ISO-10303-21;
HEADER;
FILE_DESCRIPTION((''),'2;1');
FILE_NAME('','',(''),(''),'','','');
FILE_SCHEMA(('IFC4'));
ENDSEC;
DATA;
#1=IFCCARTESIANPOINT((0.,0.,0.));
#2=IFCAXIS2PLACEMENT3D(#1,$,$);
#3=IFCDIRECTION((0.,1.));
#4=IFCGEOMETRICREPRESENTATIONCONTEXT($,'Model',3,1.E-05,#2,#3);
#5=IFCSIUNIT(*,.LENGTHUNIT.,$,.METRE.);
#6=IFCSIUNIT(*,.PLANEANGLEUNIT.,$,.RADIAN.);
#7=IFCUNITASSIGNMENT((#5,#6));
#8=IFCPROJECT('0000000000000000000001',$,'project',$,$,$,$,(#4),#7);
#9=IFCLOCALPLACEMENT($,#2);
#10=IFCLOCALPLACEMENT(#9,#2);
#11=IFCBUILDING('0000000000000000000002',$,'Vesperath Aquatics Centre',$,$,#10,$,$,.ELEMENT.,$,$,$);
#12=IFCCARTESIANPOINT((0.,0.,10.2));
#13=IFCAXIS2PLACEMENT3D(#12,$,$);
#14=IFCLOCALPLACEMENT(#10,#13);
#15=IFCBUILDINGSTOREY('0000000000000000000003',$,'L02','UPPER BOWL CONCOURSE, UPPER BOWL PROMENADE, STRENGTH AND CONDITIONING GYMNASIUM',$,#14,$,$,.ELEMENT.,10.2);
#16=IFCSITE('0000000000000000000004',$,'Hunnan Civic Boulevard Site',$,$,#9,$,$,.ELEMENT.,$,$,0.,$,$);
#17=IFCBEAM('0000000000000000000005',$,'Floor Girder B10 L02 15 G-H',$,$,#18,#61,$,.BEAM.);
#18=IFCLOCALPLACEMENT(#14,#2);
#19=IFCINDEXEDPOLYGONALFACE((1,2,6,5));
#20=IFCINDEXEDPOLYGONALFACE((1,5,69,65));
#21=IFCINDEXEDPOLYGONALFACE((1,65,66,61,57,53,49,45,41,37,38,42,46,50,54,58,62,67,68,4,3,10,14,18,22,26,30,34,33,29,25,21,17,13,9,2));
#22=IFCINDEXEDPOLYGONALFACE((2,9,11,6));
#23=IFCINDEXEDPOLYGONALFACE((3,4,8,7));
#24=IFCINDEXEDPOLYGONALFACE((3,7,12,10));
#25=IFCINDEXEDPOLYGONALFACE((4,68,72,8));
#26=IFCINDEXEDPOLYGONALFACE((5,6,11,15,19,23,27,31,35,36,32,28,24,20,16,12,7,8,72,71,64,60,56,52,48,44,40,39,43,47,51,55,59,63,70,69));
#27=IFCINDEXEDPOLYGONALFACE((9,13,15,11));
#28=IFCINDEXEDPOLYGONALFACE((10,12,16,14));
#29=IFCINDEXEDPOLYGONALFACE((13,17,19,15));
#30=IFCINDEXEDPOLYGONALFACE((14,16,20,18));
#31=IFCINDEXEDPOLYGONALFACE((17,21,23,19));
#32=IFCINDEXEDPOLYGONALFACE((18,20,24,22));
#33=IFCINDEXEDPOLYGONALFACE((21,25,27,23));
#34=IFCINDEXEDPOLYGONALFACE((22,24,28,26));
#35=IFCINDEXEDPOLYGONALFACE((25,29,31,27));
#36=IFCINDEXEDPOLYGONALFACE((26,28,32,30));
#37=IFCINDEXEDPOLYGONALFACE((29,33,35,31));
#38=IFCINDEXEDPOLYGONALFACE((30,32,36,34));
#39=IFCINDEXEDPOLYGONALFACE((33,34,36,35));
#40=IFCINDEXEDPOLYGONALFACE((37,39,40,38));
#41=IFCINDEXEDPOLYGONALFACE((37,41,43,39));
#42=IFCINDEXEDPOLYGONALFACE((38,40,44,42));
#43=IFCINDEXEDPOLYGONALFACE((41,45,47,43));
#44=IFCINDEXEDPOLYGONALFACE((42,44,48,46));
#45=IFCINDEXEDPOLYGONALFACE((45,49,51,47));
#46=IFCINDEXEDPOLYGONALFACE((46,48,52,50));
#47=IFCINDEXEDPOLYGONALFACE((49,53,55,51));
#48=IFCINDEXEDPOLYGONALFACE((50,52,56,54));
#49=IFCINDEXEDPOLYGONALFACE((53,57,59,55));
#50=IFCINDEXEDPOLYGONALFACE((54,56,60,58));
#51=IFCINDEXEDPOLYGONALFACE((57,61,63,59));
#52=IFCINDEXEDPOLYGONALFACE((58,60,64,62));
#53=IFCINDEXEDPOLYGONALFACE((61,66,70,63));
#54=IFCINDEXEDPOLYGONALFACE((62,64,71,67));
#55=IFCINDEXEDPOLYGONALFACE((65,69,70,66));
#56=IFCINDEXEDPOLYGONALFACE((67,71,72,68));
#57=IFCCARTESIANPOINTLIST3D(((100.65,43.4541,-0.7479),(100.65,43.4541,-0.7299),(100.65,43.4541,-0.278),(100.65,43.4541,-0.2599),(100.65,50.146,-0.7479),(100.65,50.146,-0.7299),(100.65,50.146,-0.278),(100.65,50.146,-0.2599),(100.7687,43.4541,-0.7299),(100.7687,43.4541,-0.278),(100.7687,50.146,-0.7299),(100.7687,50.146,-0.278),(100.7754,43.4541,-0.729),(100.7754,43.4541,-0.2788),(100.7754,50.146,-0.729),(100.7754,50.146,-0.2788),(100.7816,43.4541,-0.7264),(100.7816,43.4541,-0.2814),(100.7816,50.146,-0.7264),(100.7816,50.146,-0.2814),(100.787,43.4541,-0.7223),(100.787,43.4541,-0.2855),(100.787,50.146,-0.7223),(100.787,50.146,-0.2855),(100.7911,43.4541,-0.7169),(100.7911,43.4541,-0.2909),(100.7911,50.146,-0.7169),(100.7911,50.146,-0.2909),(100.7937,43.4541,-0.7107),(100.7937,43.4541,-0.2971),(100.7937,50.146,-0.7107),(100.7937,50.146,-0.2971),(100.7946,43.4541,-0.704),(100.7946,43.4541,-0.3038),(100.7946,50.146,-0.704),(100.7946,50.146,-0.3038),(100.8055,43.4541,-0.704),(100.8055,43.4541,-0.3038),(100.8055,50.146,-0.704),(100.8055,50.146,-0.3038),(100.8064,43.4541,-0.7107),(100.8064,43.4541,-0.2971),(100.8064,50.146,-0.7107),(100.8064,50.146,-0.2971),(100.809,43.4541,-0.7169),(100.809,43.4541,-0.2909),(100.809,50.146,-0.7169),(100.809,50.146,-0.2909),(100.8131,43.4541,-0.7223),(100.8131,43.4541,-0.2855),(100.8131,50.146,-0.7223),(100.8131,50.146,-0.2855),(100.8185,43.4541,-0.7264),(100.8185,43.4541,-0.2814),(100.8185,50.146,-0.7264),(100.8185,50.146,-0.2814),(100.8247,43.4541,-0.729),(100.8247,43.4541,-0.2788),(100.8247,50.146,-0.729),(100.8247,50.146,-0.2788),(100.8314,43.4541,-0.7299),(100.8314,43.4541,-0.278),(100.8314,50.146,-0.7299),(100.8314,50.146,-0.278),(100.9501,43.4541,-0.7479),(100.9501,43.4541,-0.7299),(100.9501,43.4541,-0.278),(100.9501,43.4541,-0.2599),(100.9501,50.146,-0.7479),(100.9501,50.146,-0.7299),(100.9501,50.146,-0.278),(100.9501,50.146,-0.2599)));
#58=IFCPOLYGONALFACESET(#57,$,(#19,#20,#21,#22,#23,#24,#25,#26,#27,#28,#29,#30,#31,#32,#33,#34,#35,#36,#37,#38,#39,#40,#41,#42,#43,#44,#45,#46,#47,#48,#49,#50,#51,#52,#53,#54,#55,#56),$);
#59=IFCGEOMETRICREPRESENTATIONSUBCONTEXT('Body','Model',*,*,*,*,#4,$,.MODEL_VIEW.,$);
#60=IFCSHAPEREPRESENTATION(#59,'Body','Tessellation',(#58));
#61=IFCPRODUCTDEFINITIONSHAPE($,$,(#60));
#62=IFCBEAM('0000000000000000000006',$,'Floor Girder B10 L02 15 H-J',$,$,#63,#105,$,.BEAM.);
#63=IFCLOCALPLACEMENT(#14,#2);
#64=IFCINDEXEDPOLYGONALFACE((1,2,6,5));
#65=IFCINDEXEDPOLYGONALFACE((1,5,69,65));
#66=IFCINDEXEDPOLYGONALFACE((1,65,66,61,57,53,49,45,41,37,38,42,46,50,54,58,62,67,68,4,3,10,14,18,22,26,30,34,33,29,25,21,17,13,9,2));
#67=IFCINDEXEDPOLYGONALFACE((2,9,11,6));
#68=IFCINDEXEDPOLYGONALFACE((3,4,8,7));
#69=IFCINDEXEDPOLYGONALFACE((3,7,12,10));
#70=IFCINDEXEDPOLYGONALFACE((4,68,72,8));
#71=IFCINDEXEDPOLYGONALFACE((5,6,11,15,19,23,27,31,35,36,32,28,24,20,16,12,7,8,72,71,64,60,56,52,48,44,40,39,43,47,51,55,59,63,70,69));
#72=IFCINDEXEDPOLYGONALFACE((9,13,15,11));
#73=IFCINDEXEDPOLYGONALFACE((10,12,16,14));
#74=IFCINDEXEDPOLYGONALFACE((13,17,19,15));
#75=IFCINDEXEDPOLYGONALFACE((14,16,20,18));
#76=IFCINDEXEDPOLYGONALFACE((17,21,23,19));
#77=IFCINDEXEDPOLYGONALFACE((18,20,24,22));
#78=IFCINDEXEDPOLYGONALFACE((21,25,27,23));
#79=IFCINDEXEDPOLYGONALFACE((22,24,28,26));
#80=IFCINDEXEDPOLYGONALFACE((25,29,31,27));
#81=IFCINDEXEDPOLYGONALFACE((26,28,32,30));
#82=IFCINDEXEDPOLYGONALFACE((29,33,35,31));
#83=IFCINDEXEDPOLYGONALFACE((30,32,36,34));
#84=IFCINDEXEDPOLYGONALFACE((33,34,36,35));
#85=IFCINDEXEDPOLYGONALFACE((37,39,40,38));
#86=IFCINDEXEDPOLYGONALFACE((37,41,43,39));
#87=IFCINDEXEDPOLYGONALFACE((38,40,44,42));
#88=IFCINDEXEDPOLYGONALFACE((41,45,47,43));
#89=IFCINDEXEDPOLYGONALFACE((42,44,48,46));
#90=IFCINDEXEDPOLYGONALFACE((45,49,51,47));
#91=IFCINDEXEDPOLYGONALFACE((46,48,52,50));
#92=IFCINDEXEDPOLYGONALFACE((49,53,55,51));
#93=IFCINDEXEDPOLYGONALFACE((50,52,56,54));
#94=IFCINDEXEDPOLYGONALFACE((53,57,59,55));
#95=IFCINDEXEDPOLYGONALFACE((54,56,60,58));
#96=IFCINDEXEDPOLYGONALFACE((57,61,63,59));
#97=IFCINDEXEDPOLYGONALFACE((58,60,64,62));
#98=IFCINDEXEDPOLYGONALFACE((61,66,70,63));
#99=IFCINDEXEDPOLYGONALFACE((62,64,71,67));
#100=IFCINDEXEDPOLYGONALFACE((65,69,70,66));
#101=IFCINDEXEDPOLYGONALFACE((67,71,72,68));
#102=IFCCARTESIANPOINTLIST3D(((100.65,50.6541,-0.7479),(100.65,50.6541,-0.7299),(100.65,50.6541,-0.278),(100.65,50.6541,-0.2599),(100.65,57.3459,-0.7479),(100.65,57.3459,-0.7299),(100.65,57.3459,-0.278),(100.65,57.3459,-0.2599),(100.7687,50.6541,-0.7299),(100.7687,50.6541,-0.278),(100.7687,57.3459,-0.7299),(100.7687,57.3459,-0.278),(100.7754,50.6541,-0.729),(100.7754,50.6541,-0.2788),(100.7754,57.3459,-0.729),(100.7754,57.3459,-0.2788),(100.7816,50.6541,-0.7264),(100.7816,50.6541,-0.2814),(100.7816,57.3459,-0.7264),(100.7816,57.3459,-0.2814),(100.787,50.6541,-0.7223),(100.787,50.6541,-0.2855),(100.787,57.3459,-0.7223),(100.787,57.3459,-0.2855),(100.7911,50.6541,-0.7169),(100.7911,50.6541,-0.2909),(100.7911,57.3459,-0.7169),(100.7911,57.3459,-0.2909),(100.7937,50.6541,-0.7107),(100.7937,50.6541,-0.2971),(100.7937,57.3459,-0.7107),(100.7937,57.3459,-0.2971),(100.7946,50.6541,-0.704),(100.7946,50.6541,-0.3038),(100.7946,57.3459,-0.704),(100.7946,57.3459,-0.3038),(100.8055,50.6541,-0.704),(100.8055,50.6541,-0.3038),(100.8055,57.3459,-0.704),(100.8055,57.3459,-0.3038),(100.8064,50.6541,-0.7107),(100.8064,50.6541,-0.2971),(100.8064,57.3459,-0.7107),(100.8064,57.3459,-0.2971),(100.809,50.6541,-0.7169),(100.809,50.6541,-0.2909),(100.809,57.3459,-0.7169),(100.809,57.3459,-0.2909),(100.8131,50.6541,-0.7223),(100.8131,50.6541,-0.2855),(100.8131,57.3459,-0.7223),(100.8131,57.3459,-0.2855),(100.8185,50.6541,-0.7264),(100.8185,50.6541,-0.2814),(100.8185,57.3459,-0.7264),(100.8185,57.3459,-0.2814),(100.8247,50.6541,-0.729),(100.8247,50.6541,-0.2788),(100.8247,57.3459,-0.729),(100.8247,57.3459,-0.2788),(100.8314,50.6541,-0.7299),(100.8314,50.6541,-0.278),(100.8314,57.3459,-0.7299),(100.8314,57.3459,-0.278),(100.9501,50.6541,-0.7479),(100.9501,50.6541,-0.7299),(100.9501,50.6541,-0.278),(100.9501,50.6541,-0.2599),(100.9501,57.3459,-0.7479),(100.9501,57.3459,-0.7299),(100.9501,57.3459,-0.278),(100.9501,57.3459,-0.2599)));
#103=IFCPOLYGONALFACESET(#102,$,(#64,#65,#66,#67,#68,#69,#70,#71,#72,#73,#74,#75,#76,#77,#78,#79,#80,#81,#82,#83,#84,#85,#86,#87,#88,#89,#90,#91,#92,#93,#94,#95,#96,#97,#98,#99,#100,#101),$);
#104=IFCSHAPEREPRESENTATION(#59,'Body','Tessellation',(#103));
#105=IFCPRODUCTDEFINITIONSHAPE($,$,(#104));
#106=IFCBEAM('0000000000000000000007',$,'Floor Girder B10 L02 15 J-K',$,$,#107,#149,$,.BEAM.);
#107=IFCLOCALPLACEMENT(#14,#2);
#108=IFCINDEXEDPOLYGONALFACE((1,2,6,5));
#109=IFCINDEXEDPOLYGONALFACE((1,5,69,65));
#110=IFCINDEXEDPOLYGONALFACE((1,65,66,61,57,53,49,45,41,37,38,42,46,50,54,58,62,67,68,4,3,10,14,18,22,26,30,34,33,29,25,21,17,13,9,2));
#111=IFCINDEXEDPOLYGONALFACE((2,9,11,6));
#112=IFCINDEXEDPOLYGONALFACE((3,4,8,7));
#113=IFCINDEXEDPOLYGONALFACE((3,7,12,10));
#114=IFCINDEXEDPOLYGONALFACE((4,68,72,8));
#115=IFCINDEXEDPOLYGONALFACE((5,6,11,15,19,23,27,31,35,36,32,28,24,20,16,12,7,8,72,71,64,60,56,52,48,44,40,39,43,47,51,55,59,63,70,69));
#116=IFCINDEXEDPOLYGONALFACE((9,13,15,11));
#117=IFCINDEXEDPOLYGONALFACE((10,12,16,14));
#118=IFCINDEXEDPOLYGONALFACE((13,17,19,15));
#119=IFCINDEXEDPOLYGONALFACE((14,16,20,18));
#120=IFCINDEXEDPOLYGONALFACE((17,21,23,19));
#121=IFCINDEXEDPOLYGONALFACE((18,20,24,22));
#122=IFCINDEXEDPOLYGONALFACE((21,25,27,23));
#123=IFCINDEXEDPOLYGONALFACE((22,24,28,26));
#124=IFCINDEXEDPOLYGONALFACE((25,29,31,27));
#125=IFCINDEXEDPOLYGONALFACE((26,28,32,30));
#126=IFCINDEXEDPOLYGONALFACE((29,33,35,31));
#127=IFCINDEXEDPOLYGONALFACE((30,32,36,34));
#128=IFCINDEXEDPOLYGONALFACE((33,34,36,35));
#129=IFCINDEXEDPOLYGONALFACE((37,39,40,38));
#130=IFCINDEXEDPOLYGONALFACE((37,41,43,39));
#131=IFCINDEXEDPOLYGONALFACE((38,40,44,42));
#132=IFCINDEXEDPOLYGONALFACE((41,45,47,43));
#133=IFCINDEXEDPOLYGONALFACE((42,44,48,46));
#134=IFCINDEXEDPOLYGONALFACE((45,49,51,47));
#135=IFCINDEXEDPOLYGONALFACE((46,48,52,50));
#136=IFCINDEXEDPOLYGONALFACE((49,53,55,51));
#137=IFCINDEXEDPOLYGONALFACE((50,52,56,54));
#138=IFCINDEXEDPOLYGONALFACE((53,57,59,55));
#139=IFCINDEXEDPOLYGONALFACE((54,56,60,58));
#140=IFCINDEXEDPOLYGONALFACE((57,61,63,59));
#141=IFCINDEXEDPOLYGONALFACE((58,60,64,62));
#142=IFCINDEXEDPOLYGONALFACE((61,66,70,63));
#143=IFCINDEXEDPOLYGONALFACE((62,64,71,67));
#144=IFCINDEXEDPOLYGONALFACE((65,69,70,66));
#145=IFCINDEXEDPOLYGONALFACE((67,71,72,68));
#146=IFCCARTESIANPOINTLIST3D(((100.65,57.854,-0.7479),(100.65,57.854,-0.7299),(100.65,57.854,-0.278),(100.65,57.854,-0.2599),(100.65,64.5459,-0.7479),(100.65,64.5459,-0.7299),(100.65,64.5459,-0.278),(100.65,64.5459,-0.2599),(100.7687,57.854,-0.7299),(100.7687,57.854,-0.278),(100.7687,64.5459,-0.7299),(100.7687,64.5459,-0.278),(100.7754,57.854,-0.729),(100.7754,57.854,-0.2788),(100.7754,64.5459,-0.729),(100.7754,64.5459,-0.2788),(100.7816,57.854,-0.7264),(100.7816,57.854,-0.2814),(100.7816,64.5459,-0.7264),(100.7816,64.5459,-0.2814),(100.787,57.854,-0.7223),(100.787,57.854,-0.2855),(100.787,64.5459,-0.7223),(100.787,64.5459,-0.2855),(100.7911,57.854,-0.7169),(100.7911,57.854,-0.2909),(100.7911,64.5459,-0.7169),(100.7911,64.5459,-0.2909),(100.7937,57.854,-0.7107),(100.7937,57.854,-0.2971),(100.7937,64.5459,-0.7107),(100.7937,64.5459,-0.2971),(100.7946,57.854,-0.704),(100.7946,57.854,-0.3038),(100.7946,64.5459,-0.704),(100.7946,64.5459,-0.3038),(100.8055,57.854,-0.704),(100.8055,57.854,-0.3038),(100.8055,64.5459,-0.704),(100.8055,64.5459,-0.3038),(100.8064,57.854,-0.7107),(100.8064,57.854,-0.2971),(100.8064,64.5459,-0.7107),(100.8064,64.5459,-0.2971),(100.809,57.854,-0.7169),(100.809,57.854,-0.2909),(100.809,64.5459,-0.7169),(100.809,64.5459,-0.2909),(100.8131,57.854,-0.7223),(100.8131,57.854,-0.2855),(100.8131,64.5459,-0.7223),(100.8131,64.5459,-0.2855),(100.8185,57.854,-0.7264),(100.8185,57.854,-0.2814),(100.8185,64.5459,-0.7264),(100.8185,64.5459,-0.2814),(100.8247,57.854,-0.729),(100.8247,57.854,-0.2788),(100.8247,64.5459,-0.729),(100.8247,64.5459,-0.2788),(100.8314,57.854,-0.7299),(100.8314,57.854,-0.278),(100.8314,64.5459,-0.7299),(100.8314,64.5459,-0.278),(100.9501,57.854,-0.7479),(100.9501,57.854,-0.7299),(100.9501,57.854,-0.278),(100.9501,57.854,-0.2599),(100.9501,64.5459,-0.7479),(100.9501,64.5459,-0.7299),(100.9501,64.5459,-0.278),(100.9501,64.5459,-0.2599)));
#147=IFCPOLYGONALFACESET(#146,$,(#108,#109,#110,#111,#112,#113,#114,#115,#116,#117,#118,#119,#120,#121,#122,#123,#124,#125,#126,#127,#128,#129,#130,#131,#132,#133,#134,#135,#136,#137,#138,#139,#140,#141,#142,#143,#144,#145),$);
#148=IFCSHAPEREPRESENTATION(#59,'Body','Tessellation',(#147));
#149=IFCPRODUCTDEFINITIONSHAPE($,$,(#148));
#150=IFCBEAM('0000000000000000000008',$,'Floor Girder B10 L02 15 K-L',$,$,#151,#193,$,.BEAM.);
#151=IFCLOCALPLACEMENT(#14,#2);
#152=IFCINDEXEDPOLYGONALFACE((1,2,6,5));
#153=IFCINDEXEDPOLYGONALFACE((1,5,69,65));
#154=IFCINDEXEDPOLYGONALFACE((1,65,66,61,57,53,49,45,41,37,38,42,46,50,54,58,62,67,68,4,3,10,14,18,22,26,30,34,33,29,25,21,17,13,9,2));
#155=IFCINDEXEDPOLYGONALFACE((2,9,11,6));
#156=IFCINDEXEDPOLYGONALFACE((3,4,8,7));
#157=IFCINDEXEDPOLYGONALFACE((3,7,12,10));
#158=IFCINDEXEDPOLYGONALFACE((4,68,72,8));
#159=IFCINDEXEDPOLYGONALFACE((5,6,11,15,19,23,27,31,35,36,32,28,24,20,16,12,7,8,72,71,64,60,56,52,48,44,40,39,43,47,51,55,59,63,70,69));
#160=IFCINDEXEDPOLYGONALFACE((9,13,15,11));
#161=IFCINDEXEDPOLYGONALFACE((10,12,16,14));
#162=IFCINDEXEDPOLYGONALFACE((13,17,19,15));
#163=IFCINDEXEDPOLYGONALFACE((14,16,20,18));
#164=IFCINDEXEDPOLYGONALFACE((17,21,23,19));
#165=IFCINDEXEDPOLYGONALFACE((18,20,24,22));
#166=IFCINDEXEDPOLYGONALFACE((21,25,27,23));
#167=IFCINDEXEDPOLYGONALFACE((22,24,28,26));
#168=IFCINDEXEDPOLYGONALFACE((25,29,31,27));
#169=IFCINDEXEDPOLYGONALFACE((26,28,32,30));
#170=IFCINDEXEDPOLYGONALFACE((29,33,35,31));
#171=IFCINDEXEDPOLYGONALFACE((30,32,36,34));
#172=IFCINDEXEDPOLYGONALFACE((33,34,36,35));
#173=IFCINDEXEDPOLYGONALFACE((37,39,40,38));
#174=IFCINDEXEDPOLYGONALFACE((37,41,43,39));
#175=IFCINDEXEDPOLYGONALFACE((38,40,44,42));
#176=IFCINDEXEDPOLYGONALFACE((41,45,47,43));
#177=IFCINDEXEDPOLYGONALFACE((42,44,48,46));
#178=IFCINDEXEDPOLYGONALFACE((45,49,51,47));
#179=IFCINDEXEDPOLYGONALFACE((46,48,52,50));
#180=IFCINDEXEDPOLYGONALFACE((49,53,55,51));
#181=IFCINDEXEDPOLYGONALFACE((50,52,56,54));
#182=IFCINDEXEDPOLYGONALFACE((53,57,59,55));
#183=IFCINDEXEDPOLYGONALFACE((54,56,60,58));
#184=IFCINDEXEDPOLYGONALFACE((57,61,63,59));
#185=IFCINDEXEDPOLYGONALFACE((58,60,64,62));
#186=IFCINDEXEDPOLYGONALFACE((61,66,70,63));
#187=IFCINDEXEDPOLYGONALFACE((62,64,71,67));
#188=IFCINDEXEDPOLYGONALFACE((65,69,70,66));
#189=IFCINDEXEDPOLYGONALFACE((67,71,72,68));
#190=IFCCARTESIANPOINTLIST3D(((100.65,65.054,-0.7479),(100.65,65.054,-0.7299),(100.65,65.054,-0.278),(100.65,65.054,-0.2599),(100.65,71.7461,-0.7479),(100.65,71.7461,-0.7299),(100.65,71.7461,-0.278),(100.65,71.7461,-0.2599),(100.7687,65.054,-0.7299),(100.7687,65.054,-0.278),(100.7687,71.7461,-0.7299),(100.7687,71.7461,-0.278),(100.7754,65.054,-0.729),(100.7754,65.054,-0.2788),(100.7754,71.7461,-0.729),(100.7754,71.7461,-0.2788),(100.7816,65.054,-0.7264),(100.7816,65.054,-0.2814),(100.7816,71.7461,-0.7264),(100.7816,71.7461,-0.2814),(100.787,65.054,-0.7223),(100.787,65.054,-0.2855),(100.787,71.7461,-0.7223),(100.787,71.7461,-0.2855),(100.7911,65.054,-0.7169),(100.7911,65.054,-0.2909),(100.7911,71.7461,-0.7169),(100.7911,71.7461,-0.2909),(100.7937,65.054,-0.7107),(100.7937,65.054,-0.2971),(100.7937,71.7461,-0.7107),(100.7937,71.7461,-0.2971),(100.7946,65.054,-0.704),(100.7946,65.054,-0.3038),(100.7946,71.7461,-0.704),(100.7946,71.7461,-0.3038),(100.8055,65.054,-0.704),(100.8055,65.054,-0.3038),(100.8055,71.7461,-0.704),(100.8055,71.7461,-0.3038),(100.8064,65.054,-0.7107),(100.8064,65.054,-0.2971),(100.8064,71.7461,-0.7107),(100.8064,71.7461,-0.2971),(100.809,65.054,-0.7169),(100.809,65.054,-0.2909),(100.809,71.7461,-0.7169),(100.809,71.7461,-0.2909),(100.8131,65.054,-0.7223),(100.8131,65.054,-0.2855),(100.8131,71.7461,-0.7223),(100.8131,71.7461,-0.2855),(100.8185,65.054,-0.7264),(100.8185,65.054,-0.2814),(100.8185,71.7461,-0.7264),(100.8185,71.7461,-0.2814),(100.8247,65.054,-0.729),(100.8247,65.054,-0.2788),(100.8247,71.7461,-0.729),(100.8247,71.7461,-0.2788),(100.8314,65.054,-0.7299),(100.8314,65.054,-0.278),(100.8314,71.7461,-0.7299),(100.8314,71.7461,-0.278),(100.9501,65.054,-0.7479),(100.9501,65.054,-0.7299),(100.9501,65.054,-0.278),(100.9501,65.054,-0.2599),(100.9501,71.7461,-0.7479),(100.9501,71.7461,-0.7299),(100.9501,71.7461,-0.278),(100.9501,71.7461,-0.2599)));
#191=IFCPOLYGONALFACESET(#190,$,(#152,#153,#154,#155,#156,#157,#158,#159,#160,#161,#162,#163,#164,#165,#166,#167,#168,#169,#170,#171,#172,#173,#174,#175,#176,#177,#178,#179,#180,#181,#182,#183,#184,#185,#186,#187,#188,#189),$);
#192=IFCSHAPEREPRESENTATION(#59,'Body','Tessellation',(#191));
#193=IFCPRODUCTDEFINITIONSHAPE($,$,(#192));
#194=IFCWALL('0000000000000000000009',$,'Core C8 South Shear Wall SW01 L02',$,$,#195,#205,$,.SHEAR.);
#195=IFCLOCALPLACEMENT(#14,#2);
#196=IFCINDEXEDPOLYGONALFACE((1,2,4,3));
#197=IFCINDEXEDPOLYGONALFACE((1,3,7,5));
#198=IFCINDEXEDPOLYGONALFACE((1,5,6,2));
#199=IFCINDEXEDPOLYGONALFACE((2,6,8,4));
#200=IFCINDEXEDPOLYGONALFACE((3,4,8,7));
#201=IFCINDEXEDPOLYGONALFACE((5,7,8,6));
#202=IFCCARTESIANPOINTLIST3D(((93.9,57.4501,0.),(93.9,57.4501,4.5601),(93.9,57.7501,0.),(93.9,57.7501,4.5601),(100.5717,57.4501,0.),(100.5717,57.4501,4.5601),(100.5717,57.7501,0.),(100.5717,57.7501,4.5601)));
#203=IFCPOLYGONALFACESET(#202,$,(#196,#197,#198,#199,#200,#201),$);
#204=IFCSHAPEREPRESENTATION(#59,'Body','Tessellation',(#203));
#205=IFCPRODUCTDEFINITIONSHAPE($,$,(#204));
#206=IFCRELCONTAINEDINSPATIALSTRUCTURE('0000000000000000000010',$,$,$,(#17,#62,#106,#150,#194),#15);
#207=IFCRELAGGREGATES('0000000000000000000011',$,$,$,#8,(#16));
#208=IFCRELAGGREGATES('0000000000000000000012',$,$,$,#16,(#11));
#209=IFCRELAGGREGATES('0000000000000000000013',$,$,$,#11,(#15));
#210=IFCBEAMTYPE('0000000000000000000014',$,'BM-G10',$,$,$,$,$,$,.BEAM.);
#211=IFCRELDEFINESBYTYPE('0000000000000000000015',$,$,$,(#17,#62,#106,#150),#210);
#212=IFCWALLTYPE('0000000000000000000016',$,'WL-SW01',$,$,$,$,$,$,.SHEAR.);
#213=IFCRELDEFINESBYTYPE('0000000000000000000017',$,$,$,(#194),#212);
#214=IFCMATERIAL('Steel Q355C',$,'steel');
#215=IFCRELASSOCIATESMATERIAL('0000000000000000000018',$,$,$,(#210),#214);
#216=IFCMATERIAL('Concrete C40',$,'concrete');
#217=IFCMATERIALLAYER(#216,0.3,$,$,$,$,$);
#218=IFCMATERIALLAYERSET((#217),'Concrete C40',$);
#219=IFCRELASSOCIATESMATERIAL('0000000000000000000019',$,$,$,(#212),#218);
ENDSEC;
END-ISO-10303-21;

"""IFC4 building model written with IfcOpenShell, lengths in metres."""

from ifc_helpers import new_model, si_unit, direction, frame, frame_2d, origin, origin_2d, place, context, subcontext, project, spatial, rectangle, i_section, extrude, material, layer, layer_set, material_profile, profile_set, type_object, element, save


model = new_model("IFC4")

# Units and contexts
model_context = context("Model", 3, precision=1e-05, world=origin(), true_north=direction((0.0, 1.0)))
body_context = subcontext(model_context, "Body", "Model", "MODEL_VIEW")
ifc_project = project(units=[si_unit("LENGTHUNIT", "METRE"), si_unit("PLANEANGLEUNIT", "RADIAN")], contexts=[model_context])

# Site, building, storey
site_placement = place(None, origin())
site = spatial("IfcSite", under=ifc_project, at=site_placement, Name="Hunnan Civic Boulevard Site", CompositionType="ELEMENT", RefElevation=0.0)
building_placement = place(site_placement, origin())
building = spatial("IfcBuilding", under=site, at=building_placement, Name="Vesperath Aquatics Centre", CompositionType="ELEMENT")
storey_placement = place(building_placement, frame((0.0, 0.0, 10.2)))
storey = spatial("IfcBuildingStorey", under=building, at=storey_placement, Name="L02", Description="UPPER BOWL CONCOURSE, UPPER BOWL PROMENADE, STRENGTH AND CONDITIONING GYMNASIUM", CompositionType="ELEMENT", Elevation=10.2)

# Shared definitions
ifc_material_1 = material(Name="Concrete C40", Category="concrete")

# Beams
ifc_material_2 = material(Name="Steel Q355C", Category="steel")
ifc_material_profile_1 = material_profile(ifc_material_2, i_section(OverallWidth=0.3, OverallDepth=0.488, WebThickness=0.011, FlangeThickness=0.0181, FilletRadius=0.0259, at=origin_2d()), Name="HM 488x300x11x18")
ifc_profile_set_1 = profile_set([ifc_material_profile_1], Name="Steel Q355C")
beam_type_1 = type_object("IfcBeamType", Name="BM-G10", PredefinedType="BEAM", material=ifc_profile_set_1)
for number, where, z_axis, x_axis, name in (
    (1, (100.8, 43.4541, -0.5039), (0.0, 1.0, 0.0), (-1.0, 0.0, 0.0), "Floor Girder B10 L02 15 G-H"),
    (2, (100.8, 50.6541, -0.5039), (0.0, 1.0, 0.0), (-1.0, 0.0, 0.0), "Floor Girder B10 L02 15 H-J"),
    (3, (100.8, 57.854, -0.5039), (0.0, 1.0, 0.0), (-1.0, 0.0, 0.0), "Floor Girder B10 L02 15 J-K"),
):
    element("IfcBeam", number, at=place(storey_placement, frame(where, z_axis=z_axis, x_axis=x_axis)), inside=storey, type_object=beam_type_1, Name=name, PredefinedType="BEAM", context=body_context, shape_type="SweptSolid", body=[
        extrude(i_section(OverallWidth=0.3, OverallDepth=0.488, WebThickness=0.011, FlangeThickness=0.0181, FilletRadius=0.0259, at=origin_2d()), origin(), (0.0, 0.0, 1.0), 6.6919),
    ])
beam_1_placement = place(storey_placement, frame((100.8, 65.054, -0.5039), z_axis=(0.0, 1.0, 0.0), x_axis=(-1.0, 0.0, 0.0)))
element("IfcBeam", 4, at=beam_1_placement, inside=storey, type_object=beam_type_1, Name="Floor Girder B10 L02 15 K-L", PredefinedType="BEAM", context=body_context, shape_type="SweptSolid", body=[
    extrude(i_section(OverallWidth=0.3, OverallDepth=0.488, WebThickness=0.011, FlangeThickness=0.0181, FilletRadius=0.0259, at=origin_2d()), origin(), (0.0, 0.0, 1.0), 6.6921),
])

# Wall
ifc_layer_1 = layer(ifc_material_1, 0.3)
ifc_layer_set_1 = layer_set([ifc_layer_1], Name="Concrete C40")
wall_type_1 = type_object("IfcWallType", Name="WL-SW01", PredefinedType="SHEAR", material=ifc_layer_set_1)
for number, where, z_axis, x_axis, name in (
    (5, (93.8999, 57.6001, 0.0), (0.0, 0.0, 1.0), (1.0, 0.0, 0.0), "Core C8 South Shear Wall SW01 L02"),
):
    element("IfcWall", number, at=place(storey_placement, frame(where, z_axis=z_axis, x_axis=x_axis)), inside=storey, type_object=wall_type_1, Name=name, PredefinedType="SHEAR", context=body_context, shape_type="SweptSolid", body=[
        extrude(rectangle(XDim=6.6716, YDim=0.3, at=frame_2d((3.3359, 0.0))), origin(), (0.0, 0.0, 1.0), 4.5601),
    ])

save(model, "model.ifc")
